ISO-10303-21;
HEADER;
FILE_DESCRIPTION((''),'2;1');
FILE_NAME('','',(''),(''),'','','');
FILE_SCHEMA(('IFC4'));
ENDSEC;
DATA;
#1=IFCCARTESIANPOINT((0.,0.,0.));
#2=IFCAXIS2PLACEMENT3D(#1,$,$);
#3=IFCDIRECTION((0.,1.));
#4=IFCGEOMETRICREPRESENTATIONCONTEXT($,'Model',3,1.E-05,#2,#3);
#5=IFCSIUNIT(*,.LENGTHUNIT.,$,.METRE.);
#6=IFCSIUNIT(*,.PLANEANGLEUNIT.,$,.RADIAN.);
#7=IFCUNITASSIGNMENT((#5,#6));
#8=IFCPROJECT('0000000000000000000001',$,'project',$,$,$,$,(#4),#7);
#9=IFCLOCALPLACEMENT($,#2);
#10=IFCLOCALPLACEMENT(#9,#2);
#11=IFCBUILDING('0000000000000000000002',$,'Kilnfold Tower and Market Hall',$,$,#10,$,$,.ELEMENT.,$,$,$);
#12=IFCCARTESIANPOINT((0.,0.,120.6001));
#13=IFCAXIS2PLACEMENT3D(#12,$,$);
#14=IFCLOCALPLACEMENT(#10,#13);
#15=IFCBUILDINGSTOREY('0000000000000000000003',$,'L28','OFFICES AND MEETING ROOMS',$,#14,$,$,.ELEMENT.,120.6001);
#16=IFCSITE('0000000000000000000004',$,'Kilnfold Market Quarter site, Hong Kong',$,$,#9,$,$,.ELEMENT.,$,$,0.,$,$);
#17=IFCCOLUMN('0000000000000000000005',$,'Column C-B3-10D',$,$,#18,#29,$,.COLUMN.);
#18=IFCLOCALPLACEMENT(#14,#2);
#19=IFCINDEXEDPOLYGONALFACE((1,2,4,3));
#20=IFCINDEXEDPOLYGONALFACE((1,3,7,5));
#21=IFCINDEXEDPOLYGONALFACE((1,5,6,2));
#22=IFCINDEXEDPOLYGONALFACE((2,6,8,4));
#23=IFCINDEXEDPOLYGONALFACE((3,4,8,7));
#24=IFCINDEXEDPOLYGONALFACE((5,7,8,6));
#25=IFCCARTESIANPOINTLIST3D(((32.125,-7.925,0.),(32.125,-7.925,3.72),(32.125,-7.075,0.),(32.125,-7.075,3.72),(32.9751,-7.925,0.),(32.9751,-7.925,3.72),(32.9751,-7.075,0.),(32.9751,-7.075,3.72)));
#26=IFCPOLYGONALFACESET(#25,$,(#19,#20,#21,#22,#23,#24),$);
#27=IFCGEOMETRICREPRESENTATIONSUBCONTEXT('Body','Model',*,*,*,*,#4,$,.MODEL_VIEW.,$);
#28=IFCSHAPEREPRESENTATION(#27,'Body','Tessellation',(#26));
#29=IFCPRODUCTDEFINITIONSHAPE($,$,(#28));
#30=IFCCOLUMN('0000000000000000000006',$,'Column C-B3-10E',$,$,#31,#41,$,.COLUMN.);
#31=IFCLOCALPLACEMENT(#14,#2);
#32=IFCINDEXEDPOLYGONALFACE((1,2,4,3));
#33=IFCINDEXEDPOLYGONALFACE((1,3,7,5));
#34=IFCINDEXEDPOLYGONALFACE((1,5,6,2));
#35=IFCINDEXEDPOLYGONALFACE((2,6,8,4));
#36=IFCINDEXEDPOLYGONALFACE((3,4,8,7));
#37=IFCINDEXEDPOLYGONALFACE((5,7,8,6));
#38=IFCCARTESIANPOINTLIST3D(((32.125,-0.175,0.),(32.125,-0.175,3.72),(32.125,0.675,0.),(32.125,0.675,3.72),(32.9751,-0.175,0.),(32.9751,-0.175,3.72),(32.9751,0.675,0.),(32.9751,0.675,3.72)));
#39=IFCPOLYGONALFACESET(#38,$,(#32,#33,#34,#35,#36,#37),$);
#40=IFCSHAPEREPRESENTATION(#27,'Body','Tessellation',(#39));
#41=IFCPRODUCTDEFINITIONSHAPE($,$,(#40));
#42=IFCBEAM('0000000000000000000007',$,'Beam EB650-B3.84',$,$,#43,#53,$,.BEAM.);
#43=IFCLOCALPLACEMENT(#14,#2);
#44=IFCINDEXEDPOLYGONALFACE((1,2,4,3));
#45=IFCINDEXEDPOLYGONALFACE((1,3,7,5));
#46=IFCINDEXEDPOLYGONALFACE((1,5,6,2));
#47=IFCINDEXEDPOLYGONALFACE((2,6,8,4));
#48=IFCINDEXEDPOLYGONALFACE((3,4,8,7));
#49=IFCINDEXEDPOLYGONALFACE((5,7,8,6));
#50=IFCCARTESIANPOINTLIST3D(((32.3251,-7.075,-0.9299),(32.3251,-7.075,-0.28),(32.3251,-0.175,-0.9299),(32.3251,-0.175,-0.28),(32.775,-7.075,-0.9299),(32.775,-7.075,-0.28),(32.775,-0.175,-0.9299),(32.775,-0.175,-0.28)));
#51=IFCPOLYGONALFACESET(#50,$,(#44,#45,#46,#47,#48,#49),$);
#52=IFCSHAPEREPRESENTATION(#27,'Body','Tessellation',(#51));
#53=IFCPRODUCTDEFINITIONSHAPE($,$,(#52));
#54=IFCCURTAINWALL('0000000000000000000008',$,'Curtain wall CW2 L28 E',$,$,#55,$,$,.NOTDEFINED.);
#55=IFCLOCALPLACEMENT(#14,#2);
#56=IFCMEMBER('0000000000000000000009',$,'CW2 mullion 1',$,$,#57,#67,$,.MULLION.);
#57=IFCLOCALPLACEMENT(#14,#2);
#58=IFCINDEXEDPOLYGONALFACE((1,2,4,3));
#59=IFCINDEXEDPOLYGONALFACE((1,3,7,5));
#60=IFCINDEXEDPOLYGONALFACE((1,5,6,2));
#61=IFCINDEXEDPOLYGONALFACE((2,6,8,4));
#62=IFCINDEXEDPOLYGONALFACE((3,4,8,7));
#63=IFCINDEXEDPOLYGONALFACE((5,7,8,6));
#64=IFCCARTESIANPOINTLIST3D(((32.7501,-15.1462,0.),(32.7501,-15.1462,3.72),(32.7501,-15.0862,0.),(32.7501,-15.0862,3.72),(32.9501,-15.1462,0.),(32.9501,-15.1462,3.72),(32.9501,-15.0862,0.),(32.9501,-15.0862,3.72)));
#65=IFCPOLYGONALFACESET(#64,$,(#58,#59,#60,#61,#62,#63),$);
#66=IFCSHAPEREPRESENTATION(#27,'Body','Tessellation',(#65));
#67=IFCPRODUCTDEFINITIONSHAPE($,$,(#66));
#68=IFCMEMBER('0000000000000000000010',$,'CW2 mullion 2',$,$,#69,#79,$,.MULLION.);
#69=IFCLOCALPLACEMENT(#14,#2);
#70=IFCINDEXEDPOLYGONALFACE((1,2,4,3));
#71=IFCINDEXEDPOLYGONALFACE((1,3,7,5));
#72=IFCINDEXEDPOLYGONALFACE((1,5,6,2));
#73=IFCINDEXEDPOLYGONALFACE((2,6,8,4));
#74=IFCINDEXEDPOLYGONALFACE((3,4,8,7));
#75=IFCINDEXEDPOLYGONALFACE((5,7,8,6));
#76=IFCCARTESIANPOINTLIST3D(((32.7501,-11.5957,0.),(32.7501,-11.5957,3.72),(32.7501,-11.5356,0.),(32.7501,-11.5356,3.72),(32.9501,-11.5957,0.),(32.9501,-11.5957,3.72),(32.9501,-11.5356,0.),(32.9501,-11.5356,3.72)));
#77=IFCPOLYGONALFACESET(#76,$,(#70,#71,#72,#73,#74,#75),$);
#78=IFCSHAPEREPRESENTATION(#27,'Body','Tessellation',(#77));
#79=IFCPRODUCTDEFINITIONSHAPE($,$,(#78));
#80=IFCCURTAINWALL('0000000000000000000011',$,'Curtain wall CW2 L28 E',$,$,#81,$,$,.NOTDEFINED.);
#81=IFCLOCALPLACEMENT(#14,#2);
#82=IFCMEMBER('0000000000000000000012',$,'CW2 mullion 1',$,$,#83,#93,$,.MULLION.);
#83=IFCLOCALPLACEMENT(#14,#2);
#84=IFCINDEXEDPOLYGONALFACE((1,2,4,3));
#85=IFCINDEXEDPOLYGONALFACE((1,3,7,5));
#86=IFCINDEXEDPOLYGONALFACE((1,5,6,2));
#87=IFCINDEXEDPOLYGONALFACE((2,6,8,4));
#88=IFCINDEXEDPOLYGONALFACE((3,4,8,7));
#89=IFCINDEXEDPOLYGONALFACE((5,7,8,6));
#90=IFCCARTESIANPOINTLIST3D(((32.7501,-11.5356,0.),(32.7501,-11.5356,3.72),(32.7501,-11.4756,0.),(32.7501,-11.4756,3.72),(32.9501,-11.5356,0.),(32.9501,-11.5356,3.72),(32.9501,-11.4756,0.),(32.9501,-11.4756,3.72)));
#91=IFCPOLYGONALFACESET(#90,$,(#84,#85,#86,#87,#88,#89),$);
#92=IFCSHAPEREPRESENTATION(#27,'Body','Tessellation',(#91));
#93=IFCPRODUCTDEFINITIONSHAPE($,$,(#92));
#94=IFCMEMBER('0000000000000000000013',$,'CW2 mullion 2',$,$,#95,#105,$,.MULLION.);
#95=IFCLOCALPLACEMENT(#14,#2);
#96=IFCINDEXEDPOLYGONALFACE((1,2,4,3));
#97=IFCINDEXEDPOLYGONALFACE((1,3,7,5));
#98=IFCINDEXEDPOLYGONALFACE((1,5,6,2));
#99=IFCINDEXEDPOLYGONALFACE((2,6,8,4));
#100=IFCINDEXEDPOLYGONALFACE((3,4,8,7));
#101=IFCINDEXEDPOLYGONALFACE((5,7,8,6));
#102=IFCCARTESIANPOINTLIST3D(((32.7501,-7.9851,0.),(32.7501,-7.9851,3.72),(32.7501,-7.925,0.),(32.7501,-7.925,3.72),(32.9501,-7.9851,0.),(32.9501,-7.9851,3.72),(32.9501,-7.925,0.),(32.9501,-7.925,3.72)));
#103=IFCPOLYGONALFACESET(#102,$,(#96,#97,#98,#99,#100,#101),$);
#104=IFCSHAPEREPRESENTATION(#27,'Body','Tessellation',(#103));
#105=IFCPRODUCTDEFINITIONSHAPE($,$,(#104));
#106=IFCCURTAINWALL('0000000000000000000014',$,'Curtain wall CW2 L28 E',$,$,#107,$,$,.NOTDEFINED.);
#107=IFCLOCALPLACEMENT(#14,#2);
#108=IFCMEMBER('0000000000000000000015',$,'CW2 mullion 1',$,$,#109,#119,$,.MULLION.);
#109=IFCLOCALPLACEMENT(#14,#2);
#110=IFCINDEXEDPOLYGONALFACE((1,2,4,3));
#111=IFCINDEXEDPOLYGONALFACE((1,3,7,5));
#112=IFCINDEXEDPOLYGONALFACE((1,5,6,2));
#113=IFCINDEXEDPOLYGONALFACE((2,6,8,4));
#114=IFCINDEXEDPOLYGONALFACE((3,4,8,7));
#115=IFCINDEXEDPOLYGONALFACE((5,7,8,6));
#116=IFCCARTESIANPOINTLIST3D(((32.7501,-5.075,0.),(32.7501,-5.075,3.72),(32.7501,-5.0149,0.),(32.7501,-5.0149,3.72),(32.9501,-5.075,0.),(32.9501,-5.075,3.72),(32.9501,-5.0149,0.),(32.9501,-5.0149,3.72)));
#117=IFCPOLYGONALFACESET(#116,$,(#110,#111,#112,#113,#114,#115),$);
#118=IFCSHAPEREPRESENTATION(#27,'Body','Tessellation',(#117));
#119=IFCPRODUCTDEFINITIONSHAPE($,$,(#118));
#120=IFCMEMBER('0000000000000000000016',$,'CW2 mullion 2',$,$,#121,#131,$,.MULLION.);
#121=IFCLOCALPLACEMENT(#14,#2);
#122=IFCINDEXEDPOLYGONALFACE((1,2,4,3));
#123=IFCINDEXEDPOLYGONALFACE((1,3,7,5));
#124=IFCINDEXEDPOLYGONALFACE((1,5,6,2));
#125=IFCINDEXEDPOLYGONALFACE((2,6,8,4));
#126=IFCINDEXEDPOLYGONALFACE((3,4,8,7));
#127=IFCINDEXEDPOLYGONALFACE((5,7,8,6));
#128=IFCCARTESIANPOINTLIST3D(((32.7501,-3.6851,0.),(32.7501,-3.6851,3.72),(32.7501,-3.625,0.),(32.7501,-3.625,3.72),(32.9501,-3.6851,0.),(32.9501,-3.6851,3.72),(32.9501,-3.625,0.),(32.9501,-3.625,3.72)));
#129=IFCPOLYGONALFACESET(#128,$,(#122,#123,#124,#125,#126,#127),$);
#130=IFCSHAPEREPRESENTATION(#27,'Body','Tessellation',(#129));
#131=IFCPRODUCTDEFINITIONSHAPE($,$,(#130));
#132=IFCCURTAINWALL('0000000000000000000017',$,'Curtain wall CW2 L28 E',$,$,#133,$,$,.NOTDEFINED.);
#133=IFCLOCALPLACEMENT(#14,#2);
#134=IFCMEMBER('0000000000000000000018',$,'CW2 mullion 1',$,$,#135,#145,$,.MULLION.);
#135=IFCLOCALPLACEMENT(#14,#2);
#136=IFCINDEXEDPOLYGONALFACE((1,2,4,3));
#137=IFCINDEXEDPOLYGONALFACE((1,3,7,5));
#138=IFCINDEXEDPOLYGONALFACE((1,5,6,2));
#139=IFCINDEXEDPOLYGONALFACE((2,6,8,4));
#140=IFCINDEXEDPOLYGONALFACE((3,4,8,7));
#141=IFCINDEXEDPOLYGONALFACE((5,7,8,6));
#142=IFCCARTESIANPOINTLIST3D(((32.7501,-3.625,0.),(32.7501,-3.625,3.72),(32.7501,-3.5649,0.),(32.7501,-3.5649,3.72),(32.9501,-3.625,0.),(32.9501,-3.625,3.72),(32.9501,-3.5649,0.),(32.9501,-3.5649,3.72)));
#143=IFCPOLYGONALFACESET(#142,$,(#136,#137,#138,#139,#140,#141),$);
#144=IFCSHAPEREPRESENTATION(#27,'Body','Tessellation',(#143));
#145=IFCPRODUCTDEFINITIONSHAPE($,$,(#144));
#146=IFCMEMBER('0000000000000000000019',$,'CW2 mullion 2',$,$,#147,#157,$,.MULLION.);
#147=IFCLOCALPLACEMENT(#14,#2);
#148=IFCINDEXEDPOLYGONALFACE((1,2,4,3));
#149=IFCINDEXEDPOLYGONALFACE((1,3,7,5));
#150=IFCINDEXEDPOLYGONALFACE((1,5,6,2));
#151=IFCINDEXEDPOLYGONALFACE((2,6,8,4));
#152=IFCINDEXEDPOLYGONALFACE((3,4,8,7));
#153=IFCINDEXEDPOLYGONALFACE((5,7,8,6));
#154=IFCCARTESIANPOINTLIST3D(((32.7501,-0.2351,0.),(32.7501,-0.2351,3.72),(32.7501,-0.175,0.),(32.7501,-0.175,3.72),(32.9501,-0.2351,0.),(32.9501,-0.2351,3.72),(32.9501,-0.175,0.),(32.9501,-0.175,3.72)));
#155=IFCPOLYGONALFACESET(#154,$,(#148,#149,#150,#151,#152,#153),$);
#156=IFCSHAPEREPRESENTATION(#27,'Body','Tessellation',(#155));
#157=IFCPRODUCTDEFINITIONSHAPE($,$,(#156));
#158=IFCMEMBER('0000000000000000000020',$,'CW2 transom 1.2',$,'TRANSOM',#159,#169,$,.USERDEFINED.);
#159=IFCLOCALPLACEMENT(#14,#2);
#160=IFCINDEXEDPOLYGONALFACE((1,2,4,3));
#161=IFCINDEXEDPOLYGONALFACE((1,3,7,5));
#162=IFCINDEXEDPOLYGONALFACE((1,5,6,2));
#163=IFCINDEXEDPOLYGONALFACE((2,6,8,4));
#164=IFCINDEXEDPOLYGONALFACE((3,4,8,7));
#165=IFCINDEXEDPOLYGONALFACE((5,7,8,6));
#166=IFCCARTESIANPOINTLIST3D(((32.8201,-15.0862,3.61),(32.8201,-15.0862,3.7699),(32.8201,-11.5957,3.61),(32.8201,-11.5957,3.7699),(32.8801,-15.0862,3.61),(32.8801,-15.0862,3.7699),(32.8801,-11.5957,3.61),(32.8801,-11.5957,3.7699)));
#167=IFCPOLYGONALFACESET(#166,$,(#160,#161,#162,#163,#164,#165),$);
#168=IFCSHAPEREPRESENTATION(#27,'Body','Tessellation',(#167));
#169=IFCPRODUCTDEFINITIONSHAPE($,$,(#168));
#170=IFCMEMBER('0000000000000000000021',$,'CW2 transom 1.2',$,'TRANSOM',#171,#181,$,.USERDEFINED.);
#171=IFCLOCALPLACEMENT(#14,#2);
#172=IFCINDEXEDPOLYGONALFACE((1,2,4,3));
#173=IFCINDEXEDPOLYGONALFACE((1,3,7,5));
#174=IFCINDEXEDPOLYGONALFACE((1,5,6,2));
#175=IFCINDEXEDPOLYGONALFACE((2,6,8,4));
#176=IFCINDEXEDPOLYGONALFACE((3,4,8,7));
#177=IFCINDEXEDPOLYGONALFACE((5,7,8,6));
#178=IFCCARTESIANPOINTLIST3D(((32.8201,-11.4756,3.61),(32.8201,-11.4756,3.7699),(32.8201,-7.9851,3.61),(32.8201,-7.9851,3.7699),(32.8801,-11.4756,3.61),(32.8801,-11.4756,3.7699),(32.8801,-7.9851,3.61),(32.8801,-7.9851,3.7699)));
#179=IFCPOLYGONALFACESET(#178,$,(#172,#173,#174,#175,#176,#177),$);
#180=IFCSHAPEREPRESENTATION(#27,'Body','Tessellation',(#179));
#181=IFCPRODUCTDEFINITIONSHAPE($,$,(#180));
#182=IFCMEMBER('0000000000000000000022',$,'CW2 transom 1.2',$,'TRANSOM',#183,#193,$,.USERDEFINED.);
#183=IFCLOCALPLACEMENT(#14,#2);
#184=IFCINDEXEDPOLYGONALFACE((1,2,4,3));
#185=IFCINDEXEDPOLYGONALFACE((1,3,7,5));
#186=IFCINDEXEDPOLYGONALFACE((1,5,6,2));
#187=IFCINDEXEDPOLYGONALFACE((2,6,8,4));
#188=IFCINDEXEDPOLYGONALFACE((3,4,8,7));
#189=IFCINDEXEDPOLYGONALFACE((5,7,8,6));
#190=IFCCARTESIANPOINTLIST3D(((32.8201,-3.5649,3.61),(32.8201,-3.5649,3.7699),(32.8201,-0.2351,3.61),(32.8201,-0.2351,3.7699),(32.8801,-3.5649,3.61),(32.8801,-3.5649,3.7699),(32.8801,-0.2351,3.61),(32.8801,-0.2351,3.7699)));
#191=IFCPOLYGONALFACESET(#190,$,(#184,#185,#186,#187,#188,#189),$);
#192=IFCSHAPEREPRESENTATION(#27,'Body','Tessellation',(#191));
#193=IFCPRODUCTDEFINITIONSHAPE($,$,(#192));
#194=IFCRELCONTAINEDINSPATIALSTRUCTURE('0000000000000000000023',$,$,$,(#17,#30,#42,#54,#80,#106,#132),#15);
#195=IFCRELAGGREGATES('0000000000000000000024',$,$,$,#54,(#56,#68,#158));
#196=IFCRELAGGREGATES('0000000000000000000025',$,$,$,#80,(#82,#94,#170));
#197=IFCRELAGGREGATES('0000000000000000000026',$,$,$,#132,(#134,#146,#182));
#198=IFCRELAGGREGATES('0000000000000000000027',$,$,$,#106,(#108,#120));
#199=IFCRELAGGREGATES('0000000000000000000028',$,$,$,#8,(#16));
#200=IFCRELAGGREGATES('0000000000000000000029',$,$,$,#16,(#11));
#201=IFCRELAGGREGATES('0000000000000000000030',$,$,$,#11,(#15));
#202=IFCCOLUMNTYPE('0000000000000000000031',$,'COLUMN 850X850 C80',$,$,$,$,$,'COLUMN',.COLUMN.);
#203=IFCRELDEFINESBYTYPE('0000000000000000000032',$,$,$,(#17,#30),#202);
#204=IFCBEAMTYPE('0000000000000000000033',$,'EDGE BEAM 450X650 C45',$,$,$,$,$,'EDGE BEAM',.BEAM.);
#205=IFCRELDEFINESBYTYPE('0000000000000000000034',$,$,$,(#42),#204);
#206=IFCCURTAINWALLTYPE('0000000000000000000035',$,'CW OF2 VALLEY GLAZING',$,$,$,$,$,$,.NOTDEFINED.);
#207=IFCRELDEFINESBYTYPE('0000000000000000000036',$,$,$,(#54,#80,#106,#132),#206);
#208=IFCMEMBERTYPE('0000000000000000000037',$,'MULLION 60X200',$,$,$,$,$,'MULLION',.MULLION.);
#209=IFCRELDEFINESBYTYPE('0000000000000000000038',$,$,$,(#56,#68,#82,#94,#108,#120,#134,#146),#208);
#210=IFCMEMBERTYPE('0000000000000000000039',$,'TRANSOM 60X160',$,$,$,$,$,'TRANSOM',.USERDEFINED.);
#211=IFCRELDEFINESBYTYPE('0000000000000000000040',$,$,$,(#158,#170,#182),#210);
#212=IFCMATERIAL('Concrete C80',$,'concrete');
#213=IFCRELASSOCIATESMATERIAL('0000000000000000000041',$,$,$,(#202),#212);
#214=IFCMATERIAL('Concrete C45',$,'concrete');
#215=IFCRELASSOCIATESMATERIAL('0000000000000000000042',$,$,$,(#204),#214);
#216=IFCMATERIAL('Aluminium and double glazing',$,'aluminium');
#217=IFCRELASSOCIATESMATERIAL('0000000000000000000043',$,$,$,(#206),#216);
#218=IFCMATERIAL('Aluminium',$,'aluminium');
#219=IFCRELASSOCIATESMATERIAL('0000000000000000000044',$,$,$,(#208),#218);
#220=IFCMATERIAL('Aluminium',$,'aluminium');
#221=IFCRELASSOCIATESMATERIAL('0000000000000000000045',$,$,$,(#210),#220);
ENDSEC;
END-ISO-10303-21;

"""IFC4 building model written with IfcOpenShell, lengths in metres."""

from ifc_helpers import new_model, si_unit, direction, frame, origin, origin_2d, place, context, subcontext, project, spatial, rectangle, extrude, source, transform, mapped, material, material_profile, profile_set, type_object, element, aggregate, save


model = new_model("IFC4")

# Units and contexts
model_context = context("Model", 3, precision=1e-05, world=origin(), true_north=direction((0.0, 1.0)))
body_context = subcontext(model_context, "Body", "Model", "MODEL_VIEW")
ifc_project = project(units=[si_unit("LENGTHUNIT", "METRE"), si_unit("PLANEANGLEUNIT", "RADIAN")], contexts=[model_context])

# Site, building, storey
site_placement = place(None, origin())
site = spatial("IfcSite", under=ifc_project, at=site_placement, Name="Kilnfold Market Quarter site, Hong Kong", CompositionType="ELEMENT", RefElevation=0.0)
building_placement = place(site_placement, origin())
building = spatial("IfcBuilding", under=site, at=building_placement, Name="Kilnfold Tower and Market Hall", CompositionType="ELEMENT")
storey_placement = place(building_placement, frame((0.0, 0.0, 120.6001)))
storey = spatial("IfcBuildingStorey", under=building, at=storey_placement, Name="L28", Description="OFFICES AND MEETING ROOMS", CompositionType="ELEMENT", Elevation=120.6001)

# Columns
ifc_material_1 = material(Name="Concrete C80", Category="concrete")
ifc_material_profile_1 = material_profile(ifc_material_1, rectangle(XDim=0.8501, YDim=0.8501, at=origin_2d()), Name="RC 850x850")
ifc_profile_set_1 = profile_set([ifc_material_profile_1], Name="Concrete C80")
column_type = type_object("IfcColumnType", Name="COLUMN 850X850 C80", ElementType="COLUMN", PredefinedType="COLUMN", material=ifc_profile_set_1)
shared_shape_1 = source(origin(), body_context, "Body", "SweptSolid", [
    extrude(rectangle(XDim=0.8501, YDim=0.8501, at=origin_2d()), origin(), (0.0, 0.0, 1.0), 3.72),
])
for number, where, z_axis, x_axis, name in (
    (1, (32.55, -7.5, 0.0), (0.0, 0.0, 1.0), (1.0, 0.0, 0.0), "Column C-B3-10D"),
    (2, (32.55, 0.25, 0.0), (0.0, 0.0, 1.0), (1.0, 0.0, 0.0), "Column C-B3-10E"),
):
    element("IfcColumn", number, at=place(storey_placement, frame(where, z_axis=z_axis, x_axis=x_axis)), inside=storey, type_object=column_type, Name=name, PredefinedType="COLUMN", context=body_context, shape_type="MappedRepresentation", body=[
        mapped(shared_shape_1, transform((0.0, 0.0, 0.0))),
    ])

# Beam
ifc_material_2 = material(Name="Concrete C45", Category="concrete")
ifc_material_profile_2 = material_profile(ifc_material_2, rectangle(XDim=0.45, YDim=0.6499, at=origin_2d()), Name="RC 450x650")
ifc_profile_set_2 = profile_set([ifc_material_profile_2], Name="Concrete C45")
beam_type = type_object("IfcBeamType", Name="EDGE BEAM 450X650 C45", ElementType="EDGE BEAM", PredefinedType="BEAM", material=ifc_profile_set_2)
shared_shape_2 = source(origin(), body_context, "Body", "SweptSolid", [
    extrude(rectangle(XDim=0.45, YDim=0.6499, at=origin_2d()), origin(), (0.0, 0.0, 1.0), 6.8999),
])
beam_placement = place(storey_placement, frame((32.55, -7.075, -0.605), z_axis=(0.0, 1.0, 0.0), x_axis=(-1.0, 0.0, 0.0)))
element("IfcBeam", 3, at=beam_placement, inside=storey, type_object=beam_type, Name="Beam EB650-B3.84", PredefinedType="BEAM", context=body_context, shape_type="MappedRepresentation", body=[
    mapped(shared_shape_2, transform((0.0, 0.0, 0.0))),
])

# Curtain walls, members
ifc_material_3 = material(Name="Aluminium and double glazing", Category="aluminium")
curtain_wall_type = type_object("IfcCurtainWallType", Name="CW OF2 VALLEY GLAZING", PredefinedType="NOTDEFINED", material=ifc_material_3)
curtain_wall_1_placement = place(storey_placement, origin())
curtain_wall_1 = element("IfcCurtainWall", 4, at=curtain_wall_1_placement, inside=storey, type_object=curtain_wall_type, Name="Curtain wall CW2 L28 E", PredefinedType="NOTDEFINED")
ifc_material_4 = material(Name="Aluminium", Category="aluminium")
ifc_material_profile_3 = material_profile(ifc_material_4, rectangle(XDim=0.0601, YDim=0.2, at=origin_2d()), Name="MULLION 60x200")
ifc_profile_set_3 = profile_set([ifc_material_profile_3], Name="Aluminium")
member_type_1 = type_object("IfcMemberType", Name="MULLION 60X200", ElementType="MULLION", PredefinedType="MULLION", material=ifc_profile_set_3)
shared_shape_3 = source(origin(), body_context, "Body", "SweptSolid", [
    extrude(rectangle(XDim=0.0601, YDim=0.2, at=origin_2d()), origin(), (0.0, 0.0, 1.0), 3.72),
])
member_1_placement = place(storey_placement, frame((32.8501, -15.1162, 0.0), z_axis=(0.0, 0.0, 1.0), x_axis=(0.0, 1.0, 0.0)))
member_1 = element("IfcMember", 5, at=member_1_placement, type_object=member_type_1, Name="CW2 mullion 1", PredefinedType="MULLION", context=body_context, shape_type="MappedRepresentation", body=[
    mapped(shared_shape_3, transform((0.0, 0.0, 0.0))),
])
member_2_placement = place(storey_placement, frame((32.8501, -11.5657, 0.0), z_axis=(0.0, 0.0, 1.0), x_axis=(0.0, 1.0, 0.0)))
member_2 = element("IfcMember", 6, at=member_2_placement, type_object=member_type_1, Name="CW2 mullion 2", PredefinedType="MULLION", context=body_context, shape_type="MappedRepresentation", body=[
    mapped(shared_shape_3, transform((0.0, 0.0, 0.0))),
])
curtain_wall_2_placement = place(storey_placement, origin())
curtain_wall_2 = element("IfcCurtainWall", 7, at=curtain_wall_2_placement, inside=storey, type_object=curtain_wall_type, Name="Curtain wall CW2 L28 E", PredefinedType="NOTDEFINED")
member_3_placement = place(storey_placement, frame((32.8501, -11.5056, 0.0), z_axis=(0.0, 0.0, 1.0), x_axis=(0.0, 1.0, 0.0)))
member_3 = element("IfcMember", 8, at=member_3_placement, type_object=member_type_1, Name="CW2 mullion 1", PredefinedType="MULLION", context=body_context, shape_type="MappedRepresentation", body=[
    mapped(shared_shape_3, transform((0.0, 0.0, 0.0))),
])
member_4_placement = place(storey_placement, frame((32.8501, -7.9551, 0.0), z_axis=(0.0, 0.0, 1.0), x_axis=(0.0, 1.0, 0.0)))
member_4 = element("IfcMember", 9, at=member_4_placement, type_object=member_type_1, Name="CW2 mullion 2", PredefinedType="MULLION", context=body_context, shape_type="MappedRepresentation", body=[
    mapped(shared_shape_3, transform((0.0, 0.0, 0.0))),
])
curtain_wall_3_placement = place(storey_placement, origin())
curtain_wall_3 = element("IfcCurtainWall", 10, at=curtain_wall_3_placement, inside=storey, type_object=curtain_wall_type, Name="Curtain wall CW2 L28 E", PredefinedType="NOTDEFINED")
member_5_placement = place(storey_placement, frame((32.8501, -5.0449, 0.0), z_axis=(0.0, 0.0, 1.0), x_axis=(0.0, 1.0, 0.0)))
member_5 = element("IfcMember", 11, at=member_5_placement, type_object=member_type_1, Name="CW2 mullion 1", PredefinedType="MULLION", context=body_context, shape_type="MappedRepresentation", body=[
    mapped(shared_shape_3, transform((0.0, 0.0, 0.0))),
])
member_6_placement = place(storey_placement, frame((32.8501, -3.655, 0.0), z_axis=(0.0, 0.0, 1.0), x_axis=(0.0, 1.0, 0.0)))
member_6 = element("IfcMember", 12, at=member_6_placement, type_object=member_type_1, Name="CW2 mullion 2", PredefinedType="MULLION", context=body_context, shape_type="MappedRepresentation", body=[
    mapped(shared_shape_3, transform((0.0, 0.0, 0.0))),
])
curtain_wall_4_placement = place(storey_placement, origin())
curtain_wall_4 = element("IfcCurtainWall", 13, at=curtain_wall_4_placement, inside=storey, type_object=curtain_wall_type, Name="Curtain wall CW2 L28 E", PredefinedType="NOTDEFINED")
member_7_placement = place(storey_placement, frame((32.8501, -3.595, 0.0), z_axis=(0.0, 0.0, 1.0), x_axis=(0.0, 1.0, 0.0)))
member_7 = element("IfcMember", 14, at=member_7_placement, type_object=member_type_1, Name="CW2 mullion 1", PredefinedType="MULLION", context=body_context, shape_type="MappedRepresentation", body=[
    mapped(shared_shape_3, transform((0.0, 0.0, 0.0))),
])
member_8_placement = place(storey_placement, frame((32.8501, -0.2051, 0.0), z_axis=(0.0, 0.0, 1.0), x_axis=(0.0, 1.0, 0.0)))
member_8 = element("IfcMember", 15, at=member_8_placement, type_object=member_type_1, Name="CW2 mullion 2", PredefinedType="MULLION", context=body_context, shape_type="MappedRepresentation", body=[
    mapped(shared_shape_3, transform((0.0, 0.0, 0.0))),
])

# Members
ifc_material_5 = material(Name="Aluminium", Category="aluminium")
ifc_material_profile_4 = material_profile(ifc_material_5, rectangle(XDim=0.0601, YDim=0.1599, at=origin_2d()), Name="TRANSOM 60x160")
ifc_profile_set_4 = profile_set([ifc_material_profile_4], Name="Aluminium")
member_type_2 = type_object("IfcMemberType", Name="TRANSOM 60X160", ElementType="TRANSOM", PredefinedType="USERDEFINED", material=ifc_profile_set_4)
shared_shape_4 = source(origin(), body_context, "Body", "SweptSolid", [
    extrude(rectangle(XDim=0.0601, YDim=0.1599, at=origin_2d()), origin(), (0.0, 0.0, 1.0), 3.4905),
])
member_9_placement = place(storey_placement, frame((32.8501, -15.0862, 3.6899), z_axis=(0.0, 1.0, 0.0), x_axis=(-1.0, 0.0, 0.0)))
member_9 = element("IfcMember", 16, at=member_9_placement, type_object=member_type_2, Name="CW2 transom 1.2", ObjectType="TRANSOM", PredefinedType="USERDEFINED", context=body_context, shape_type="MappedRepresentation", body=[
    mapped(shared_shape_4, transform((0.0, 0.0, 0.0))),
])
member_10_placement = place(storey_placement, frame((32.8501, -11.4756, 3.6899), z_axis=(0.0, 1.0, 0.0), x_axis=(-1.0, 0.0, 0.0)))
member_10 = element("IfcMember", 17, at=member_10_placement, type_object=member_type_2, Name="CW2 transom 1.2", ObjectType="TRANSOM", PredefinedType="USERDEFINED", context=body_context, shape_type="MappedRepresentation", body=[
    mapped(shared_shape_4, transform((0.0, 0.0, 0.0))),
])
shared_shape_5 = source(origin(), body_context, "Body", "SweptSolid", [
    extrude(rectangle(XDim=0.0601, YDim=0.1599, at=origin_2d()), origin(), (0.0, 0.0, 1.0), 3.3298),
])
member_11_placement = place(storey_placement, frame((32.8501, -3.5649, 3.6899), z_axis=(0.0, 1.0, 0.0), x_axis=(-1.0, 0.0, 0.0)))
member_11 = element("IfcMember", 18, at=member_11_placement, type_object=member_type_2, Name="CW2 transom 1.2", ObjectType="TRANSOM", PredefinedType="USERDEFINED", context=body_context, shape_type="MappedRepresentation", body=[
    mapped(shared_shape_5, transform((0.0, 0.0, 0.0))),
])

aggregate(curtain_wall_1, [member_1, member_2, member_9])
aggregate(curtain_wall_2, [member_3, member_4, member_10])
aggregate(curtain_wall_4, [member_7, member_8, member_11])
aggregate(curtain_wall_3, [member_5, member_6])

save(model, "model.ifc")
